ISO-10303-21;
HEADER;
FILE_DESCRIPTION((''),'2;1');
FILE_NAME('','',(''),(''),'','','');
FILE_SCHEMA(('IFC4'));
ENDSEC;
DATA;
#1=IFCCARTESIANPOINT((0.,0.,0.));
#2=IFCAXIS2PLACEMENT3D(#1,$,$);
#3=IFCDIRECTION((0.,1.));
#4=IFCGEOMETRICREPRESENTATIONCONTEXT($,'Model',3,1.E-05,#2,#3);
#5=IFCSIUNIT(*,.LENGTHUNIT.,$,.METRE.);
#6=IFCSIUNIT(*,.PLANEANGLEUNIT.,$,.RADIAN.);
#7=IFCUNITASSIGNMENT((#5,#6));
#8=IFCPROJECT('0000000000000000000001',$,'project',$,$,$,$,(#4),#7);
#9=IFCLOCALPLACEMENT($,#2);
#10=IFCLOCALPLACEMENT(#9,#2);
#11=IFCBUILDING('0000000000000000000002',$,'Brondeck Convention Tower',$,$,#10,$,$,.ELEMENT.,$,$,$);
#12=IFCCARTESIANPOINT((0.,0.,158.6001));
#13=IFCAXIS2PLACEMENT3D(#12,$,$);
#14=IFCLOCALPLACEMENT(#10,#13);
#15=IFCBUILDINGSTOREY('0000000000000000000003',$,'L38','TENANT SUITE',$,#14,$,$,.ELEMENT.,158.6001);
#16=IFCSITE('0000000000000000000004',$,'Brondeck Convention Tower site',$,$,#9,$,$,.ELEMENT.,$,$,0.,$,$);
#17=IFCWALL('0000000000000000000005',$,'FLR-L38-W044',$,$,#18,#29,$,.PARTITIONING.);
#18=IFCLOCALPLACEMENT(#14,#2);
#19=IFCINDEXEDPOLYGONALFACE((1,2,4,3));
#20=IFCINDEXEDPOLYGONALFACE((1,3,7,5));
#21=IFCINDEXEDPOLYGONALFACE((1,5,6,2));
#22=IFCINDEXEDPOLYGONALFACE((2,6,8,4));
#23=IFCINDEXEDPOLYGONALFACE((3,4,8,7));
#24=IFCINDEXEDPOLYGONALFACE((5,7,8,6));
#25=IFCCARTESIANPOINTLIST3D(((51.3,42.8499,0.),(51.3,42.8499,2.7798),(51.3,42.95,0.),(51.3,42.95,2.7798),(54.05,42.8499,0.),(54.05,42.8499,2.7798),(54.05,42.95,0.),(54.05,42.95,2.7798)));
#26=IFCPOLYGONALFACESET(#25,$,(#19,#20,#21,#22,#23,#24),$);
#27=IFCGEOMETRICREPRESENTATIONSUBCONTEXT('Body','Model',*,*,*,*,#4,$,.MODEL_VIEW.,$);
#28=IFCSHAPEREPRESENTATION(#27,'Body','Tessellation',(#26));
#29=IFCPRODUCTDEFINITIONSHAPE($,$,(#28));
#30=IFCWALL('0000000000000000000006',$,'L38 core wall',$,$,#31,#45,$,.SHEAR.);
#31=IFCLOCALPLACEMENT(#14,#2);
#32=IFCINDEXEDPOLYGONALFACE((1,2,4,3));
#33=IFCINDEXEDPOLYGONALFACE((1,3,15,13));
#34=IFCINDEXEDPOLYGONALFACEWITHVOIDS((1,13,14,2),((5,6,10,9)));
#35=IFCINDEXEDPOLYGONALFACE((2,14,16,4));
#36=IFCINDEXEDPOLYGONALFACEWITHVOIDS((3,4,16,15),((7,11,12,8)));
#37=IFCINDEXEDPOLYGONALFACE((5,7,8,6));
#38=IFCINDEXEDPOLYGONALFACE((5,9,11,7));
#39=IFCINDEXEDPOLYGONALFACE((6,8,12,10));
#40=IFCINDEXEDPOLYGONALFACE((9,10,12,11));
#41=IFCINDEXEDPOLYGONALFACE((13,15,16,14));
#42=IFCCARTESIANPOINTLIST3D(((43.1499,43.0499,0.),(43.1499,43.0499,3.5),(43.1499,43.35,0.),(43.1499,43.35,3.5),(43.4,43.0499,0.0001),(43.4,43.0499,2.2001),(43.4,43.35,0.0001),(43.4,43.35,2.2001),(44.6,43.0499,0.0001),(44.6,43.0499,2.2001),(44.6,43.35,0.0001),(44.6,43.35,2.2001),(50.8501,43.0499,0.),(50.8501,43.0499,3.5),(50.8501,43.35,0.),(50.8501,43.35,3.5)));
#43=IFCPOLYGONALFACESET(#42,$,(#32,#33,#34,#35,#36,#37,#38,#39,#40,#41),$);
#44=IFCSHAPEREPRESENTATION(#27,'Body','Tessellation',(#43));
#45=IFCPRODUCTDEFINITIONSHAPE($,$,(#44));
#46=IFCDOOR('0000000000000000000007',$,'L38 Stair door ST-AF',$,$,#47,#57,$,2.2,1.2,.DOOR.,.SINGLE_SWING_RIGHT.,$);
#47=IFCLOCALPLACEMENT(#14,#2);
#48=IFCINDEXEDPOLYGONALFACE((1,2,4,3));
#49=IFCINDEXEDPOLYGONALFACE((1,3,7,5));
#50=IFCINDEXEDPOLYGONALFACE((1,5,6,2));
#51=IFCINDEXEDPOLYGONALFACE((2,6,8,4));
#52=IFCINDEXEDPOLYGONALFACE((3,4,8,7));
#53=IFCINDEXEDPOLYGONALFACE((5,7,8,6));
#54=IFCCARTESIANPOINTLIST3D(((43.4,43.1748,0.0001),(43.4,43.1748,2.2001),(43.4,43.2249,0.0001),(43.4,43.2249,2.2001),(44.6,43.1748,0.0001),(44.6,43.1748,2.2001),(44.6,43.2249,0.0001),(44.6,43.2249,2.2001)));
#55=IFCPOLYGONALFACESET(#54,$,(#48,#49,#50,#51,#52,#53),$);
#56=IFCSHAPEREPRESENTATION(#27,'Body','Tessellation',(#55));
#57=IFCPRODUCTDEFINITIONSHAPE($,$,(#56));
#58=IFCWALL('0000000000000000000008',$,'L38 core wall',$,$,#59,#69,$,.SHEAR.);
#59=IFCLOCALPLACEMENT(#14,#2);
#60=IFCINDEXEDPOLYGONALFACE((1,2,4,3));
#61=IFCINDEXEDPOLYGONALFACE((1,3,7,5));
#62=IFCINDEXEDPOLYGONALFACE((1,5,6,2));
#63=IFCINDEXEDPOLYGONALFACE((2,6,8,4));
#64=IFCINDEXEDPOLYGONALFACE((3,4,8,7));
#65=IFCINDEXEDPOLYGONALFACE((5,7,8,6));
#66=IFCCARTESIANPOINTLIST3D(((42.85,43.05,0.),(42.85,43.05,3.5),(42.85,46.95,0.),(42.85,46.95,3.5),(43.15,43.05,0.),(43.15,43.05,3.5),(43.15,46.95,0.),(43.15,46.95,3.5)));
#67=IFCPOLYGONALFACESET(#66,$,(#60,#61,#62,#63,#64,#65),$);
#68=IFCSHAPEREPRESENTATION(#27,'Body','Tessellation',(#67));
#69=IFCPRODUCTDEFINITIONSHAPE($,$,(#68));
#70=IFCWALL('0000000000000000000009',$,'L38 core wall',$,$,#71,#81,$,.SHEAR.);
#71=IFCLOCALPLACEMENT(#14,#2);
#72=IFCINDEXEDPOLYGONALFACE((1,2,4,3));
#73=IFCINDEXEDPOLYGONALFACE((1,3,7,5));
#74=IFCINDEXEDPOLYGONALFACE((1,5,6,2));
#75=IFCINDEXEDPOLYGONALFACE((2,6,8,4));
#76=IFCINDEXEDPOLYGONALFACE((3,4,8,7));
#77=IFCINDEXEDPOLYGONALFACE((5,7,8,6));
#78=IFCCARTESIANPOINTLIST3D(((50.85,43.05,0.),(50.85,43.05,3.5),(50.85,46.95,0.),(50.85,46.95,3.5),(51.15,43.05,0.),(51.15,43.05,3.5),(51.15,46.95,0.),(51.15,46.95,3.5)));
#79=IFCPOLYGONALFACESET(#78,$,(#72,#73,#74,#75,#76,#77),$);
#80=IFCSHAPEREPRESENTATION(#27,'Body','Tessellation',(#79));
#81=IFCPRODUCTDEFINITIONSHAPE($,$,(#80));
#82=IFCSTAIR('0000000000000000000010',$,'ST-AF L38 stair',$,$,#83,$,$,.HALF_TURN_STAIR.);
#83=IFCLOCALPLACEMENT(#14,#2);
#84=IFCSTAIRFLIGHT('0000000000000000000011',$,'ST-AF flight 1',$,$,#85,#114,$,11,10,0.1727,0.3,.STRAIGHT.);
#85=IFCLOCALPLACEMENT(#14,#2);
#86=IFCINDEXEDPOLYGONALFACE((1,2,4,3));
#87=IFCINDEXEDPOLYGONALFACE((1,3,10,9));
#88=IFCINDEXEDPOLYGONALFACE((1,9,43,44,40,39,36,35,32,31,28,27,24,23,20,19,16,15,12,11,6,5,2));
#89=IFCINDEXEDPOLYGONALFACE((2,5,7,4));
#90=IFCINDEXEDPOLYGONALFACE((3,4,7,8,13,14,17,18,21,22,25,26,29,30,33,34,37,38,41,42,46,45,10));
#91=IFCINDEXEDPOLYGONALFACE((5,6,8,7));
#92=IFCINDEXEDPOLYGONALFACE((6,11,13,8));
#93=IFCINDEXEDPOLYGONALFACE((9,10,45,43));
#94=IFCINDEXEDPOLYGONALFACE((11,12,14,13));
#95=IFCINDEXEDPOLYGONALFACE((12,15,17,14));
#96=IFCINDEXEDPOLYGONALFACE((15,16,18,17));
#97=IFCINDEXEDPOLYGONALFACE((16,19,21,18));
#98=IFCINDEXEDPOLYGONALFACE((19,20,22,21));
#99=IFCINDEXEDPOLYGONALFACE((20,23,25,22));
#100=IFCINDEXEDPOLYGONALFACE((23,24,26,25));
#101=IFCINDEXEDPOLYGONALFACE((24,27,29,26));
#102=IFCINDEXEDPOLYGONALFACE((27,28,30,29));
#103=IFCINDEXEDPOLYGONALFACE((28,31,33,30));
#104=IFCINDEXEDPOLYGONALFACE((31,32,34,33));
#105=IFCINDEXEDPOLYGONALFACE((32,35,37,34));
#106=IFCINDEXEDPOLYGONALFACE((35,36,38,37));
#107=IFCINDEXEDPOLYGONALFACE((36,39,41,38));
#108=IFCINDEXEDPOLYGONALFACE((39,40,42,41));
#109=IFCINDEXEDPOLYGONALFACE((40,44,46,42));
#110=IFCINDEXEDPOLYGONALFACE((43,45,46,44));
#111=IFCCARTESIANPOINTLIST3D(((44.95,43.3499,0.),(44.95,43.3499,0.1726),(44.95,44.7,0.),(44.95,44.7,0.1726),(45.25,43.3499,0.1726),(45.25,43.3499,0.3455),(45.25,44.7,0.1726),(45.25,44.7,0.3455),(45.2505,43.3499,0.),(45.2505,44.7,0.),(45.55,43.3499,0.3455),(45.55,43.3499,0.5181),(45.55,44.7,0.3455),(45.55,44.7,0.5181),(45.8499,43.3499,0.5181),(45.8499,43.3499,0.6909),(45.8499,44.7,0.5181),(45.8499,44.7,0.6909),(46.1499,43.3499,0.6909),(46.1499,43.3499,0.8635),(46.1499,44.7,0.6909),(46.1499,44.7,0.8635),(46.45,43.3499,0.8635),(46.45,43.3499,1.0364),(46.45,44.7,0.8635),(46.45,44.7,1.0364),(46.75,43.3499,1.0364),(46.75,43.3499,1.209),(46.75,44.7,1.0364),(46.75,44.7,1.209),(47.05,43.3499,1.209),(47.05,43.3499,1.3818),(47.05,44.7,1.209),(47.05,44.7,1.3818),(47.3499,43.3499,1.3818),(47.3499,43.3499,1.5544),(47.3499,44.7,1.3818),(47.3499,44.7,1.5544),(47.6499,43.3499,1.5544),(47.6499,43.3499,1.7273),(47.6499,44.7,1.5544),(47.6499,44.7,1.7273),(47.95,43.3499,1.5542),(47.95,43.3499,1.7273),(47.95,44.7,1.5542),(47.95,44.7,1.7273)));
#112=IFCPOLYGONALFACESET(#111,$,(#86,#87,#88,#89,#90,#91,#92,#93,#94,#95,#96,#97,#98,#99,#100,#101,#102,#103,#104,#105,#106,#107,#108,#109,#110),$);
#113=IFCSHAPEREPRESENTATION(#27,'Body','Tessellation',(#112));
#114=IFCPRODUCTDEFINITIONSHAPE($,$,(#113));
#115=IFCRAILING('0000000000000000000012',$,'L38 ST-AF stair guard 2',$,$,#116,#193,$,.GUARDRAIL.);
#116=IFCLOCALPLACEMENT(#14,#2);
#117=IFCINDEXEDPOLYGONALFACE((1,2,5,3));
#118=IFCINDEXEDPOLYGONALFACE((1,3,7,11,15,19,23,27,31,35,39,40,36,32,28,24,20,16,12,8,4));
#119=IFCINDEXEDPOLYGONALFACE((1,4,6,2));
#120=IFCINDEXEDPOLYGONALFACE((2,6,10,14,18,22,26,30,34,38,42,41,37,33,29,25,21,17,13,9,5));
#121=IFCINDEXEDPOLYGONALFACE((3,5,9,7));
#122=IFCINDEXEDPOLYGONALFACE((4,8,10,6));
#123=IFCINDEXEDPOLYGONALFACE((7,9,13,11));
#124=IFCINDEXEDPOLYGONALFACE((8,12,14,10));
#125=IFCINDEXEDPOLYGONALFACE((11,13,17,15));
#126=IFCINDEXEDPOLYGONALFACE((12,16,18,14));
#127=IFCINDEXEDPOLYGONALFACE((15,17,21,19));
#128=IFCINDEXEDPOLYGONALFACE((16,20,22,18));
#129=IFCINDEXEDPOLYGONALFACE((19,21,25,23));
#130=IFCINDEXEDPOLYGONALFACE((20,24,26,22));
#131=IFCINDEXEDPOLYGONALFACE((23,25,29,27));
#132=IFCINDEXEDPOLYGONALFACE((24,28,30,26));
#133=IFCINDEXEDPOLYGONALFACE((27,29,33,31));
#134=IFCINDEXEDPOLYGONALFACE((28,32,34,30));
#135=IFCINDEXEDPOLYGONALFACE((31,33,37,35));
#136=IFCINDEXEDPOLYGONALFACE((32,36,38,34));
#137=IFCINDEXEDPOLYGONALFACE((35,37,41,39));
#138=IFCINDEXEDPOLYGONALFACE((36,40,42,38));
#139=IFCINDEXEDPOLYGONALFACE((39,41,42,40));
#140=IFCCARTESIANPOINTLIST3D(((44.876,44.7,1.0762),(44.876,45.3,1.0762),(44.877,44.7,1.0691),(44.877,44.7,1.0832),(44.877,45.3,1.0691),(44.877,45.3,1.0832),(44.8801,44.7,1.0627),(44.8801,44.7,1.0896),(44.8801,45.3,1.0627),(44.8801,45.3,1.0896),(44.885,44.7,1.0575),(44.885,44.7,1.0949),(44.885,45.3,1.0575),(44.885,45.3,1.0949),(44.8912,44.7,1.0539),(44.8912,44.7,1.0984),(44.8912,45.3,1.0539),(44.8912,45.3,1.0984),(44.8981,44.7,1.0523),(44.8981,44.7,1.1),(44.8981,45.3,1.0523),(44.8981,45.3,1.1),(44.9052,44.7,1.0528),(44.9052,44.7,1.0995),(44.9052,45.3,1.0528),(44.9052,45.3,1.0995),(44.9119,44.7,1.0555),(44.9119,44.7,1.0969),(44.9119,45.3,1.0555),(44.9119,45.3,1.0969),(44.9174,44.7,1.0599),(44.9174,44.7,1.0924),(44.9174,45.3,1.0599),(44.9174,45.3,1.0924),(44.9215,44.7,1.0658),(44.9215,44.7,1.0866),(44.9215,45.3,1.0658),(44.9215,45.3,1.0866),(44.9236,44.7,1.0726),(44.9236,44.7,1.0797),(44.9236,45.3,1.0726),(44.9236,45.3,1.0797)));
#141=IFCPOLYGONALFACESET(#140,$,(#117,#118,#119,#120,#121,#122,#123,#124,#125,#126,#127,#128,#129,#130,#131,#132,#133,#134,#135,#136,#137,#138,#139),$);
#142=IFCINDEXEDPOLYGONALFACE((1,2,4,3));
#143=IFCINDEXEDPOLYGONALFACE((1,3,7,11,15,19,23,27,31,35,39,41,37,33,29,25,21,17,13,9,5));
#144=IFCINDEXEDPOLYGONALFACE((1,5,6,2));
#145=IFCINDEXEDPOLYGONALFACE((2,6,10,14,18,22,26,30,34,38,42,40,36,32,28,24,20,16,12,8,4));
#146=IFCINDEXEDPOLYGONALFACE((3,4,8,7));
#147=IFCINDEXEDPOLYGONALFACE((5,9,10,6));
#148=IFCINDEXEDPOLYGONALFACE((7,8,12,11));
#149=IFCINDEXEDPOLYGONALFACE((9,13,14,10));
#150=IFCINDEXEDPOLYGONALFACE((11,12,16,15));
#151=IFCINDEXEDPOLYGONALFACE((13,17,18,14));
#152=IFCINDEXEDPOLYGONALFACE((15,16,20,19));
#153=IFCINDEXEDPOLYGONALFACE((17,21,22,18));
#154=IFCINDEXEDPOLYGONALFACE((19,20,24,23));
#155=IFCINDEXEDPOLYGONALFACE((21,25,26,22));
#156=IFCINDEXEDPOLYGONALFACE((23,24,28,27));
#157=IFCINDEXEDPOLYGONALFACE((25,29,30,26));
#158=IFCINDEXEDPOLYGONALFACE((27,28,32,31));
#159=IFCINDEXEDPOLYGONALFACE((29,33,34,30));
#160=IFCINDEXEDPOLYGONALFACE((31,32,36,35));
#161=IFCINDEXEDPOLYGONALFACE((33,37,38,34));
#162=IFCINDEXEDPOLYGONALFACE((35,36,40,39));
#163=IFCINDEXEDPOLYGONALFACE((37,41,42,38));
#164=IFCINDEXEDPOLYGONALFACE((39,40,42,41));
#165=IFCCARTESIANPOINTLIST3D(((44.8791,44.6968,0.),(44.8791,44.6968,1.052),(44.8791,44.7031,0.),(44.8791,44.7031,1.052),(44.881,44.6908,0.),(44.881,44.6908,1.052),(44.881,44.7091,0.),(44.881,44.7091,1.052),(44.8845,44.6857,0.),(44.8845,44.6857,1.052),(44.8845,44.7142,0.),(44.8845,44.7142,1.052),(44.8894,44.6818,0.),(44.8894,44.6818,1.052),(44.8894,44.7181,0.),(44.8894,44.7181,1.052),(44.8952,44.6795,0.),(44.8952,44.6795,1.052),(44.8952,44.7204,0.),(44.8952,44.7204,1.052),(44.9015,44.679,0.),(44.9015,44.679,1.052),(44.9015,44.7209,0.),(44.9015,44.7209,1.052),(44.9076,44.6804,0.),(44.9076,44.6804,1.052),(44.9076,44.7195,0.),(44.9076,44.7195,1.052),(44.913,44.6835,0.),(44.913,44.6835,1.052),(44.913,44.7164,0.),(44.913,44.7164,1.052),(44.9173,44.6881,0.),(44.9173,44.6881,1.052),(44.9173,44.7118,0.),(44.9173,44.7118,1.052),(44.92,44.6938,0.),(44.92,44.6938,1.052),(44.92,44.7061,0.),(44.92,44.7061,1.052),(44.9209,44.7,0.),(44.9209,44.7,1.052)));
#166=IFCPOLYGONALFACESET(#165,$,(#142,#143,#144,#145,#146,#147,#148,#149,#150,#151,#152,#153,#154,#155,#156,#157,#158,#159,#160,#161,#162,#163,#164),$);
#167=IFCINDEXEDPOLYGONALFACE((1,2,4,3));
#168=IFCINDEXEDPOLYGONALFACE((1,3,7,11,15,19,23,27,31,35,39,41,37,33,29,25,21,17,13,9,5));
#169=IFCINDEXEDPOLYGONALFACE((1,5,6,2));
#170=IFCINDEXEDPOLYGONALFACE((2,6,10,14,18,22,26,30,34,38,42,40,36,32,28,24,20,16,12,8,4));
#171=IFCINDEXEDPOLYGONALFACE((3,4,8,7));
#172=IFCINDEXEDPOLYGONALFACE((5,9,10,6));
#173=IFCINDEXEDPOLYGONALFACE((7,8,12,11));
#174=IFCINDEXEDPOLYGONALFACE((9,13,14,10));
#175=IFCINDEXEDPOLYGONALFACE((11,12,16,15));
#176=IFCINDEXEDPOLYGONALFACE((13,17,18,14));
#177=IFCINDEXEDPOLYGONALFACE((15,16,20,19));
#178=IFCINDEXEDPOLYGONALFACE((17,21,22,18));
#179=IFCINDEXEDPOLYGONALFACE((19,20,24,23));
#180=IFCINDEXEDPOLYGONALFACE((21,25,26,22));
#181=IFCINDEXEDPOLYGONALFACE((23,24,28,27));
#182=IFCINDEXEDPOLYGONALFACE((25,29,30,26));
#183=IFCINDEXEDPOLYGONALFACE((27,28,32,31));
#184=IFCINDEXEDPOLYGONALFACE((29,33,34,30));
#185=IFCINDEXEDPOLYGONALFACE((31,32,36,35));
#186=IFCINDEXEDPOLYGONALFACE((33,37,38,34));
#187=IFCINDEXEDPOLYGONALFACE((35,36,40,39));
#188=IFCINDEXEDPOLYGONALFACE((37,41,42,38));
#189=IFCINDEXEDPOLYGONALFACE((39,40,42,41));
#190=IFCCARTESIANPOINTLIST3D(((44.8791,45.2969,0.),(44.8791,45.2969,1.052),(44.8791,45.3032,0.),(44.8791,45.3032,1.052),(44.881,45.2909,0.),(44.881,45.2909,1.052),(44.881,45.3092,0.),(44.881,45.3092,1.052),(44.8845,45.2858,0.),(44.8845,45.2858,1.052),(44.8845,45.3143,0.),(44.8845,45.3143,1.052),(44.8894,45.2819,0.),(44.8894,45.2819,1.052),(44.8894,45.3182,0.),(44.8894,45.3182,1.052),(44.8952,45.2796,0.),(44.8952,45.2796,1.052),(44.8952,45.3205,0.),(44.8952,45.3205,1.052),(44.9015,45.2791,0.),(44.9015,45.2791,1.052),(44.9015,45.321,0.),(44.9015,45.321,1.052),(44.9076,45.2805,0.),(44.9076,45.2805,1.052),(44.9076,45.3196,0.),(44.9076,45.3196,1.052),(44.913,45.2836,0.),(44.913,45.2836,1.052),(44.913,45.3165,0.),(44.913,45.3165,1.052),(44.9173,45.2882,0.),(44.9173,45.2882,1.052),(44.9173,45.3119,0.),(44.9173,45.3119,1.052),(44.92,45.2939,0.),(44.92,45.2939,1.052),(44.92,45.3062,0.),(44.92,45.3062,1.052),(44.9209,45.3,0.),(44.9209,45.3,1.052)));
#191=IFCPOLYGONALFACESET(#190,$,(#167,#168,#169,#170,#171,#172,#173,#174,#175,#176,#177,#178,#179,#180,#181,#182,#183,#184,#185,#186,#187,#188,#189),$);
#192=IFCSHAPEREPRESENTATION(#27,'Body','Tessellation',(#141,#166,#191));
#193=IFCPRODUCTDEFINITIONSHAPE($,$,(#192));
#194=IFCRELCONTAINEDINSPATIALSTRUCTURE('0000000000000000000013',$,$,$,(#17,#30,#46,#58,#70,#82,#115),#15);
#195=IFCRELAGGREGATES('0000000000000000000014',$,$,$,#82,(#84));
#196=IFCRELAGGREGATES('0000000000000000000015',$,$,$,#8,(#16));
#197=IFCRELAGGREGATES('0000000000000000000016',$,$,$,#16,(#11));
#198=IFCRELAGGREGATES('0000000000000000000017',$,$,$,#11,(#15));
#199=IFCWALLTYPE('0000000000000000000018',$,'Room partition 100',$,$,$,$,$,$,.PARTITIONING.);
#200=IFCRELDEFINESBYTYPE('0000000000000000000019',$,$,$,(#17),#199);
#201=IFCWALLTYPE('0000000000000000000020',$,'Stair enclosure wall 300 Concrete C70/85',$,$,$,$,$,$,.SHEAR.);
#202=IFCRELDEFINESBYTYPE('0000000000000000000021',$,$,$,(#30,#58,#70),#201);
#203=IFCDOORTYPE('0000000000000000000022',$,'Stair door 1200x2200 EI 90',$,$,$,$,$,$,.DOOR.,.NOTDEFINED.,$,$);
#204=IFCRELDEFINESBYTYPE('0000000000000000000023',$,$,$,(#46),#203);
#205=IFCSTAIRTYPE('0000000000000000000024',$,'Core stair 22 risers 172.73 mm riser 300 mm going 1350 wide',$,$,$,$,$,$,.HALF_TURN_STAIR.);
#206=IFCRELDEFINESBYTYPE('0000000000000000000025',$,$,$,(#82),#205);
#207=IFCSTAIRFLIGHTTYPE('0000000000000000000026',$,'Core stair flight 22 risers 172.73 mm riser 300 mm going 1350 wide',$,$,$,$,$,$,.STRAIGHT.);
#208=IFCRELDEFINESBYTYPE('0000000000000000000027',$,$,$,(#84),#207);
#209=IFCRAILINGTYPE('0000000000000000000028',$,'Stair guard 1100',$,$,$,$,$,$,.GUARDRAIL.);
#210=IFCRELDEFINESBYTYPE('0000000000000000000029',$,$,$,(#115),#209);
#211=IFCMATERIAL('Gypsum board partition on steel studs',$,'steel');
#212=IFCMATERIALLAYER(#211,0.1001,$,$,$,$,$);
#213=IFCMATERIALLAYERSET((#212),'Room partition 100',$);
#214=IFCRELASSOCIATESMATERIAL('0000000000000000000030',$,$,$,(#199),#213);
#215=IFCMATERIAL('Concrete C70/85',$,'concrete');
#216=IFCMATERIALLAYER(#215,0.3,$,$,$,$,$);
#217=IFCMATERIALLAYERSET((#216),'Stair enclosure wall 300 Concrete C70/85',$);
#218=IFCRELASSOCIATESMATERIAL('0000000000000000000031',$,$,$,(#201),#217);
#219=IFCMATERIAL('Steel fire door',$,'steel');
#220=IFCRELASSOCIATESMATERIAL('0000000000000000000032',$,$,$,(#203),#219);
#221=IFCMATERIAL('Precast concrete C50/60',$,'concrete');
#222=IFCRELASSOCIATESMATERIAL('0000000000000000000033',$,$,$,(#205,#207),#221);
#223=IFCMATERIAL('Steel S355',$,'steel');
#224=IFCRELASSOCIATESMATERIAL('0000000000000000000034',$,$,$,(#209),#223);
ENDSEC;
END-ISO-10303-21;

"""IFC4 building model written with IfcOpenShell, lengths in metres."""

from ifc_helpers import new_model, si_unit, direction, frame, frame_2d, origin, origin_2d, place, context, subcontext, project, spatial, polyline, rectangle, circle, outline, extrude, material, layer, layer_set, type_object, element, fill, aggregate, save


model = new_model("IFC4")

# Units and contexts
model_context = context("Model", 3, precision=1e-05, world=origin(), true_north=direction((0.0, 1.0)))
body_context = subcontext(model_context, "Body", "Model", "MODEL_VIEW")
ifc_project = project(units=[si_unit("LENGTHUNIT", "METRE"), si_unit("PLANEANGLEUNIT", "RADIAN")], contexts=[model_context])

# Site, building, storey
site_placement = place(None, origin())
site = spatial("IfcSite", under=ifc_project, at=site_placement, Name="Brondeck Convention Tower site", CompositionType="ELEMENT", RefElevation=0.0)
building_placement = place(site_placement, origin())
building = spatial("IfcBuilding", under=site, at=building_placement, Name="Brondeck Convention Tower", CompositionType="ELEMENT")
storey_placement = place(building_placement, frame((0.0, 0.0, 158.6001)))
storey = spatial("IfcBuildingStorey", under=building, at=storey_placement, Name="L38", Description="TENANT SUITE", CompositionType="ELEMENT", Elevation=158.6001)

# Shared definitions
ifc_material_1 = material(Name="Concrete C70/85", Category="concrete")

# Shared definitions
ifc_material_2 = material(Name="Steel S355", Category="steel")

# Shared definitions
ifc_material_3 = material(Name="Gypsum board partition on steel studs", Category="steel")
ifc_layer_1 = layer(ifc_material_3, 0.1001)
ifc_layer_set_1 = layer_set([ifc_layer_1], Name="Room partition 100")
wall_type_1 = type_object("IfcWallType", Name="Room partition 100", PredefinedType="PARTITIONING", material=ifc_layer_set_1)

# Wall
wall_1_placement = place(storey_placement, frame((51.3, 42.8999, 0.0), z_axis=(0.0, 0.0, 1.0), x_axis=(1.0, 0.0, 0.0)))
element("IfcWall", 1, at=wall_1_placement, inside=storey, type_object=wall_type_1, Name="FLR-L38-W044", PredefinedType="PARTITIONING", context=body_context, shape_type="SweptSolid", body=[
    extrude(rectangle(XDim=2.75, YDim=0.1001, at=frame_2d((1.375, 0.0))), origin(), (0.0, 0.0, 1.0), 2.7798),
])

# Wall, opening, door
ifc_layer_2 = layer(ifc_material_1, 0.3)
ifc_layer_set_2 = layer_set([ifc_layer_2], Name="Stair enclosure wall 300 Concrete C70/85")
wall_type_2 = type_object("IfcWallType", Name="Stair enclosure wall 300 Concrete C70/85", PredefinedType="SHEAR", material=ifc_layer_set_2)
wall_2_placement = place(storey_placement, frame((43.1499, 43.2, 0.0), z_axis=(0.0, 0.0, 1.0), x_axis=(1.0, 0.0, 0.0)))
wall_2 = element("IfcWall", 2, at=wall_2_placement, inside=storey, type_object=wall_type_2, Name="L38 core wall", PredefinedType="SHEAR", context=body_context, shape_type="SweptSolid", body=[
    extrude(rectangle(XDim=7.7002, YDim=0.3, at=frame_2d((3.8501, 0.0))), origin(), (0.0, 0.0, 1.0), 3.5),
])
opening_1_placement = place(wall_2_placement, frame((0.25, 0.0, 0.0)))
opening_1 = element("IfcOpeningElement", 3, at=opening_1_placement, cuts=wall_2, PredefinedType="OPENING", context=body_context, shape_type="SweptSolid", body=[
    extrude(rectangle(XDim=1.2, YDim=2.2, at=frame_2d((0.6001, 1.1001))), frame((0.0, 0.1599, 0.0), z_axis=(0.0, -1.0, 0.0), x_axis=(1.0, 0.0, 0.0)), (0.0, 0.0, 1.0), 0.3201),
])
ifc_material_4 = material(Name="Steel fire door", Category="steel")
door_type_1 = type_object("IfcDoorType", Name="Stair door 1200x2200 EI 90", OperationType="NOTDEFINED", PredefinedType="DOOR", material=ifc_material_4)
door_1_placement = place(opening_1_placement, origin())
door_1 = element("IfcDoor", 4, at=door_1_placement, inside=storey, type_object=door_type_1, Name="L38 Stair door ST-AF", OperationType="SINGLE_SWING_RIGHT", OverallHeight=2.2, OverallWidth=1.2, PredefinedType="DOOR", context=body_context, shape_type="SweptSolid", body=[
    extrude(rectangle(XDim=1.2, YDim=2.2, at=frame_2d((0.6001, 1.1001))), frame((0.0, 0.0249, 0.0), z_axis=(0.0, -1.0, 0.0), x_axis=(1.0, 0.0, 0.0)), (0.0, 0.0, 1.0), 0.05),
])
fill(opening_1, door_1)

# Walls
for number, where, z_axis, x_axis, name in (
    (5, (43.0, 43.05, 0.0), (0.0, 0.0, 1.0), (0.0, 1.0, 0.0), "L38 core wall"),
    (6, (51.0, 43.05, 0.0), (0.0, 0.0, 1.0), (0.0, 1.0, 0.0), "L38 core wall"),
):
    element("IfcWall", number, at=place(storey_placement, frame(where, z_axis=z_axis, x_axis=x_axis)), inside=storey, type_object=wall_type_2, Name=name, PredefinedType="SHEAR", context=body_context, shape_type="SweptSolid", body=[
        extrude(rectangle(XDim=3.8999, YDim=0.3, at=frame_2d((1.95, 0.0))), origin(), (0.0, 0.0, 1.0), 3.5),
    ])

# Stair, stair flight
ifc_material_5 = material(Name="Precast concrete C50/60", Category="concrete")
stair_type = type_object("IfcStairType", Name="Core stair 22 risers 172.73 mm riser 300 mm going 1350 wide", PredefinedType="HALF_TURN_STAIR", material=ifc_material_5)
stair_placement = place(storey_placement, origin())
stair = element("IfcStair", 7, at=stair_placement, inside=storey, type_object=stair_type, Name="ST-AF L38 stair", PredefinedType="HALF_TURN_STAIR")
stair_flight_type = type_object("IfcStairFlightType", Name="Core stair flight 22 risers 172.73 mm riser 300 mm going 1350 wide", PredefinedType="STRAIGHT", material=ifc_material_5)
stair_flight_placement = place(storey_placement, frame((44.95, 44.0249, 0.0), z_axis=(0.0, 0.0, 1.0), x_axis=(1.0, 0.0, 0.0)))
stair_flight = element("IfcStairFlight", 8, at=stair_flight_placement, type_object=stair_flight_type, Name="ST-AF flight 1", NumberOfRisers=11, NumberOfTreads=10, PredefinedType="STRAIGHT", RiserHeight=0.1727, TreadLength=0.3, context=body_context, shape_type="SweptSolid", body=[
    extrude(outline(polyline([(0.0, 0.0), (0.0, 0.1726), (0.3, 0.1726), (0.3, 0.3455), (0.6001, 0.3455), (0.6001, 0.5181), (0.8999, 0.5181), (0.8999, 0.6909), (1.2, 0.6909), (1.2, 0.8635), (1.5, 0.8635), (1.5, 1.0364), (1.8, 1.0364), (1.8, 1.209), (2.1001, 1.209), (2.1001, 1.3818), (2.3999, 1.3818), (2.3999, 1.5544), (2.7, 1.5544), (2.7, 1.7273), (3.0, 1.7273), (3.0, 1.8999), (3.0, 1.5542), (0.3005, 0.0), (0.0, 0.0)])), frame((0.0, 0.675, 0.0), z_axis=(0.0, -1.0, 0.0), x_axis=(1.0, 0.0, 0.0)), (0.0, 0.0, 1.0), 1.3501),
])
aggregate(stair, [stair_flight])

# Railing
railing_type_1 = type_object("IfcRailingType", Name="Stair guard 1100", PredefinedType="GUARDRAIL", material=ifc_material_2)
railing_1_placement = place(storey_placement, frame((44.8999, 44.7, 0.0)))
element("IfcRailing", 9, at=railing_1_placement, inside=storey, type_object=railing_type_1, Name="L38 ST-AF stair guard 2", PredefinedType="GUARDRAIL", context=body_context, shape_type="SweptSolid", body=[
    extrude(circle(Radius=0.0239, at=origin_2d()), frame((0.0, 0.0, 1.0762), z_axis=(0.0, 1.0, 0.0), x_axis=(-1.0, 0.0, 0.0)), (0.0, 0.0, 1.0), 0.6001),
    extrude(circle(Radius=0.021, at=origin_2d()), origin(), (0.0, 0.0, 1.0), 1.052),
    extrude(circle(Radius=0.021, at=origin_2d()), frame((0.0, 0.6001, 0.0)), (0.0, 0.0, 1.0), 1.052),
])

save(model, "model.ifc")
